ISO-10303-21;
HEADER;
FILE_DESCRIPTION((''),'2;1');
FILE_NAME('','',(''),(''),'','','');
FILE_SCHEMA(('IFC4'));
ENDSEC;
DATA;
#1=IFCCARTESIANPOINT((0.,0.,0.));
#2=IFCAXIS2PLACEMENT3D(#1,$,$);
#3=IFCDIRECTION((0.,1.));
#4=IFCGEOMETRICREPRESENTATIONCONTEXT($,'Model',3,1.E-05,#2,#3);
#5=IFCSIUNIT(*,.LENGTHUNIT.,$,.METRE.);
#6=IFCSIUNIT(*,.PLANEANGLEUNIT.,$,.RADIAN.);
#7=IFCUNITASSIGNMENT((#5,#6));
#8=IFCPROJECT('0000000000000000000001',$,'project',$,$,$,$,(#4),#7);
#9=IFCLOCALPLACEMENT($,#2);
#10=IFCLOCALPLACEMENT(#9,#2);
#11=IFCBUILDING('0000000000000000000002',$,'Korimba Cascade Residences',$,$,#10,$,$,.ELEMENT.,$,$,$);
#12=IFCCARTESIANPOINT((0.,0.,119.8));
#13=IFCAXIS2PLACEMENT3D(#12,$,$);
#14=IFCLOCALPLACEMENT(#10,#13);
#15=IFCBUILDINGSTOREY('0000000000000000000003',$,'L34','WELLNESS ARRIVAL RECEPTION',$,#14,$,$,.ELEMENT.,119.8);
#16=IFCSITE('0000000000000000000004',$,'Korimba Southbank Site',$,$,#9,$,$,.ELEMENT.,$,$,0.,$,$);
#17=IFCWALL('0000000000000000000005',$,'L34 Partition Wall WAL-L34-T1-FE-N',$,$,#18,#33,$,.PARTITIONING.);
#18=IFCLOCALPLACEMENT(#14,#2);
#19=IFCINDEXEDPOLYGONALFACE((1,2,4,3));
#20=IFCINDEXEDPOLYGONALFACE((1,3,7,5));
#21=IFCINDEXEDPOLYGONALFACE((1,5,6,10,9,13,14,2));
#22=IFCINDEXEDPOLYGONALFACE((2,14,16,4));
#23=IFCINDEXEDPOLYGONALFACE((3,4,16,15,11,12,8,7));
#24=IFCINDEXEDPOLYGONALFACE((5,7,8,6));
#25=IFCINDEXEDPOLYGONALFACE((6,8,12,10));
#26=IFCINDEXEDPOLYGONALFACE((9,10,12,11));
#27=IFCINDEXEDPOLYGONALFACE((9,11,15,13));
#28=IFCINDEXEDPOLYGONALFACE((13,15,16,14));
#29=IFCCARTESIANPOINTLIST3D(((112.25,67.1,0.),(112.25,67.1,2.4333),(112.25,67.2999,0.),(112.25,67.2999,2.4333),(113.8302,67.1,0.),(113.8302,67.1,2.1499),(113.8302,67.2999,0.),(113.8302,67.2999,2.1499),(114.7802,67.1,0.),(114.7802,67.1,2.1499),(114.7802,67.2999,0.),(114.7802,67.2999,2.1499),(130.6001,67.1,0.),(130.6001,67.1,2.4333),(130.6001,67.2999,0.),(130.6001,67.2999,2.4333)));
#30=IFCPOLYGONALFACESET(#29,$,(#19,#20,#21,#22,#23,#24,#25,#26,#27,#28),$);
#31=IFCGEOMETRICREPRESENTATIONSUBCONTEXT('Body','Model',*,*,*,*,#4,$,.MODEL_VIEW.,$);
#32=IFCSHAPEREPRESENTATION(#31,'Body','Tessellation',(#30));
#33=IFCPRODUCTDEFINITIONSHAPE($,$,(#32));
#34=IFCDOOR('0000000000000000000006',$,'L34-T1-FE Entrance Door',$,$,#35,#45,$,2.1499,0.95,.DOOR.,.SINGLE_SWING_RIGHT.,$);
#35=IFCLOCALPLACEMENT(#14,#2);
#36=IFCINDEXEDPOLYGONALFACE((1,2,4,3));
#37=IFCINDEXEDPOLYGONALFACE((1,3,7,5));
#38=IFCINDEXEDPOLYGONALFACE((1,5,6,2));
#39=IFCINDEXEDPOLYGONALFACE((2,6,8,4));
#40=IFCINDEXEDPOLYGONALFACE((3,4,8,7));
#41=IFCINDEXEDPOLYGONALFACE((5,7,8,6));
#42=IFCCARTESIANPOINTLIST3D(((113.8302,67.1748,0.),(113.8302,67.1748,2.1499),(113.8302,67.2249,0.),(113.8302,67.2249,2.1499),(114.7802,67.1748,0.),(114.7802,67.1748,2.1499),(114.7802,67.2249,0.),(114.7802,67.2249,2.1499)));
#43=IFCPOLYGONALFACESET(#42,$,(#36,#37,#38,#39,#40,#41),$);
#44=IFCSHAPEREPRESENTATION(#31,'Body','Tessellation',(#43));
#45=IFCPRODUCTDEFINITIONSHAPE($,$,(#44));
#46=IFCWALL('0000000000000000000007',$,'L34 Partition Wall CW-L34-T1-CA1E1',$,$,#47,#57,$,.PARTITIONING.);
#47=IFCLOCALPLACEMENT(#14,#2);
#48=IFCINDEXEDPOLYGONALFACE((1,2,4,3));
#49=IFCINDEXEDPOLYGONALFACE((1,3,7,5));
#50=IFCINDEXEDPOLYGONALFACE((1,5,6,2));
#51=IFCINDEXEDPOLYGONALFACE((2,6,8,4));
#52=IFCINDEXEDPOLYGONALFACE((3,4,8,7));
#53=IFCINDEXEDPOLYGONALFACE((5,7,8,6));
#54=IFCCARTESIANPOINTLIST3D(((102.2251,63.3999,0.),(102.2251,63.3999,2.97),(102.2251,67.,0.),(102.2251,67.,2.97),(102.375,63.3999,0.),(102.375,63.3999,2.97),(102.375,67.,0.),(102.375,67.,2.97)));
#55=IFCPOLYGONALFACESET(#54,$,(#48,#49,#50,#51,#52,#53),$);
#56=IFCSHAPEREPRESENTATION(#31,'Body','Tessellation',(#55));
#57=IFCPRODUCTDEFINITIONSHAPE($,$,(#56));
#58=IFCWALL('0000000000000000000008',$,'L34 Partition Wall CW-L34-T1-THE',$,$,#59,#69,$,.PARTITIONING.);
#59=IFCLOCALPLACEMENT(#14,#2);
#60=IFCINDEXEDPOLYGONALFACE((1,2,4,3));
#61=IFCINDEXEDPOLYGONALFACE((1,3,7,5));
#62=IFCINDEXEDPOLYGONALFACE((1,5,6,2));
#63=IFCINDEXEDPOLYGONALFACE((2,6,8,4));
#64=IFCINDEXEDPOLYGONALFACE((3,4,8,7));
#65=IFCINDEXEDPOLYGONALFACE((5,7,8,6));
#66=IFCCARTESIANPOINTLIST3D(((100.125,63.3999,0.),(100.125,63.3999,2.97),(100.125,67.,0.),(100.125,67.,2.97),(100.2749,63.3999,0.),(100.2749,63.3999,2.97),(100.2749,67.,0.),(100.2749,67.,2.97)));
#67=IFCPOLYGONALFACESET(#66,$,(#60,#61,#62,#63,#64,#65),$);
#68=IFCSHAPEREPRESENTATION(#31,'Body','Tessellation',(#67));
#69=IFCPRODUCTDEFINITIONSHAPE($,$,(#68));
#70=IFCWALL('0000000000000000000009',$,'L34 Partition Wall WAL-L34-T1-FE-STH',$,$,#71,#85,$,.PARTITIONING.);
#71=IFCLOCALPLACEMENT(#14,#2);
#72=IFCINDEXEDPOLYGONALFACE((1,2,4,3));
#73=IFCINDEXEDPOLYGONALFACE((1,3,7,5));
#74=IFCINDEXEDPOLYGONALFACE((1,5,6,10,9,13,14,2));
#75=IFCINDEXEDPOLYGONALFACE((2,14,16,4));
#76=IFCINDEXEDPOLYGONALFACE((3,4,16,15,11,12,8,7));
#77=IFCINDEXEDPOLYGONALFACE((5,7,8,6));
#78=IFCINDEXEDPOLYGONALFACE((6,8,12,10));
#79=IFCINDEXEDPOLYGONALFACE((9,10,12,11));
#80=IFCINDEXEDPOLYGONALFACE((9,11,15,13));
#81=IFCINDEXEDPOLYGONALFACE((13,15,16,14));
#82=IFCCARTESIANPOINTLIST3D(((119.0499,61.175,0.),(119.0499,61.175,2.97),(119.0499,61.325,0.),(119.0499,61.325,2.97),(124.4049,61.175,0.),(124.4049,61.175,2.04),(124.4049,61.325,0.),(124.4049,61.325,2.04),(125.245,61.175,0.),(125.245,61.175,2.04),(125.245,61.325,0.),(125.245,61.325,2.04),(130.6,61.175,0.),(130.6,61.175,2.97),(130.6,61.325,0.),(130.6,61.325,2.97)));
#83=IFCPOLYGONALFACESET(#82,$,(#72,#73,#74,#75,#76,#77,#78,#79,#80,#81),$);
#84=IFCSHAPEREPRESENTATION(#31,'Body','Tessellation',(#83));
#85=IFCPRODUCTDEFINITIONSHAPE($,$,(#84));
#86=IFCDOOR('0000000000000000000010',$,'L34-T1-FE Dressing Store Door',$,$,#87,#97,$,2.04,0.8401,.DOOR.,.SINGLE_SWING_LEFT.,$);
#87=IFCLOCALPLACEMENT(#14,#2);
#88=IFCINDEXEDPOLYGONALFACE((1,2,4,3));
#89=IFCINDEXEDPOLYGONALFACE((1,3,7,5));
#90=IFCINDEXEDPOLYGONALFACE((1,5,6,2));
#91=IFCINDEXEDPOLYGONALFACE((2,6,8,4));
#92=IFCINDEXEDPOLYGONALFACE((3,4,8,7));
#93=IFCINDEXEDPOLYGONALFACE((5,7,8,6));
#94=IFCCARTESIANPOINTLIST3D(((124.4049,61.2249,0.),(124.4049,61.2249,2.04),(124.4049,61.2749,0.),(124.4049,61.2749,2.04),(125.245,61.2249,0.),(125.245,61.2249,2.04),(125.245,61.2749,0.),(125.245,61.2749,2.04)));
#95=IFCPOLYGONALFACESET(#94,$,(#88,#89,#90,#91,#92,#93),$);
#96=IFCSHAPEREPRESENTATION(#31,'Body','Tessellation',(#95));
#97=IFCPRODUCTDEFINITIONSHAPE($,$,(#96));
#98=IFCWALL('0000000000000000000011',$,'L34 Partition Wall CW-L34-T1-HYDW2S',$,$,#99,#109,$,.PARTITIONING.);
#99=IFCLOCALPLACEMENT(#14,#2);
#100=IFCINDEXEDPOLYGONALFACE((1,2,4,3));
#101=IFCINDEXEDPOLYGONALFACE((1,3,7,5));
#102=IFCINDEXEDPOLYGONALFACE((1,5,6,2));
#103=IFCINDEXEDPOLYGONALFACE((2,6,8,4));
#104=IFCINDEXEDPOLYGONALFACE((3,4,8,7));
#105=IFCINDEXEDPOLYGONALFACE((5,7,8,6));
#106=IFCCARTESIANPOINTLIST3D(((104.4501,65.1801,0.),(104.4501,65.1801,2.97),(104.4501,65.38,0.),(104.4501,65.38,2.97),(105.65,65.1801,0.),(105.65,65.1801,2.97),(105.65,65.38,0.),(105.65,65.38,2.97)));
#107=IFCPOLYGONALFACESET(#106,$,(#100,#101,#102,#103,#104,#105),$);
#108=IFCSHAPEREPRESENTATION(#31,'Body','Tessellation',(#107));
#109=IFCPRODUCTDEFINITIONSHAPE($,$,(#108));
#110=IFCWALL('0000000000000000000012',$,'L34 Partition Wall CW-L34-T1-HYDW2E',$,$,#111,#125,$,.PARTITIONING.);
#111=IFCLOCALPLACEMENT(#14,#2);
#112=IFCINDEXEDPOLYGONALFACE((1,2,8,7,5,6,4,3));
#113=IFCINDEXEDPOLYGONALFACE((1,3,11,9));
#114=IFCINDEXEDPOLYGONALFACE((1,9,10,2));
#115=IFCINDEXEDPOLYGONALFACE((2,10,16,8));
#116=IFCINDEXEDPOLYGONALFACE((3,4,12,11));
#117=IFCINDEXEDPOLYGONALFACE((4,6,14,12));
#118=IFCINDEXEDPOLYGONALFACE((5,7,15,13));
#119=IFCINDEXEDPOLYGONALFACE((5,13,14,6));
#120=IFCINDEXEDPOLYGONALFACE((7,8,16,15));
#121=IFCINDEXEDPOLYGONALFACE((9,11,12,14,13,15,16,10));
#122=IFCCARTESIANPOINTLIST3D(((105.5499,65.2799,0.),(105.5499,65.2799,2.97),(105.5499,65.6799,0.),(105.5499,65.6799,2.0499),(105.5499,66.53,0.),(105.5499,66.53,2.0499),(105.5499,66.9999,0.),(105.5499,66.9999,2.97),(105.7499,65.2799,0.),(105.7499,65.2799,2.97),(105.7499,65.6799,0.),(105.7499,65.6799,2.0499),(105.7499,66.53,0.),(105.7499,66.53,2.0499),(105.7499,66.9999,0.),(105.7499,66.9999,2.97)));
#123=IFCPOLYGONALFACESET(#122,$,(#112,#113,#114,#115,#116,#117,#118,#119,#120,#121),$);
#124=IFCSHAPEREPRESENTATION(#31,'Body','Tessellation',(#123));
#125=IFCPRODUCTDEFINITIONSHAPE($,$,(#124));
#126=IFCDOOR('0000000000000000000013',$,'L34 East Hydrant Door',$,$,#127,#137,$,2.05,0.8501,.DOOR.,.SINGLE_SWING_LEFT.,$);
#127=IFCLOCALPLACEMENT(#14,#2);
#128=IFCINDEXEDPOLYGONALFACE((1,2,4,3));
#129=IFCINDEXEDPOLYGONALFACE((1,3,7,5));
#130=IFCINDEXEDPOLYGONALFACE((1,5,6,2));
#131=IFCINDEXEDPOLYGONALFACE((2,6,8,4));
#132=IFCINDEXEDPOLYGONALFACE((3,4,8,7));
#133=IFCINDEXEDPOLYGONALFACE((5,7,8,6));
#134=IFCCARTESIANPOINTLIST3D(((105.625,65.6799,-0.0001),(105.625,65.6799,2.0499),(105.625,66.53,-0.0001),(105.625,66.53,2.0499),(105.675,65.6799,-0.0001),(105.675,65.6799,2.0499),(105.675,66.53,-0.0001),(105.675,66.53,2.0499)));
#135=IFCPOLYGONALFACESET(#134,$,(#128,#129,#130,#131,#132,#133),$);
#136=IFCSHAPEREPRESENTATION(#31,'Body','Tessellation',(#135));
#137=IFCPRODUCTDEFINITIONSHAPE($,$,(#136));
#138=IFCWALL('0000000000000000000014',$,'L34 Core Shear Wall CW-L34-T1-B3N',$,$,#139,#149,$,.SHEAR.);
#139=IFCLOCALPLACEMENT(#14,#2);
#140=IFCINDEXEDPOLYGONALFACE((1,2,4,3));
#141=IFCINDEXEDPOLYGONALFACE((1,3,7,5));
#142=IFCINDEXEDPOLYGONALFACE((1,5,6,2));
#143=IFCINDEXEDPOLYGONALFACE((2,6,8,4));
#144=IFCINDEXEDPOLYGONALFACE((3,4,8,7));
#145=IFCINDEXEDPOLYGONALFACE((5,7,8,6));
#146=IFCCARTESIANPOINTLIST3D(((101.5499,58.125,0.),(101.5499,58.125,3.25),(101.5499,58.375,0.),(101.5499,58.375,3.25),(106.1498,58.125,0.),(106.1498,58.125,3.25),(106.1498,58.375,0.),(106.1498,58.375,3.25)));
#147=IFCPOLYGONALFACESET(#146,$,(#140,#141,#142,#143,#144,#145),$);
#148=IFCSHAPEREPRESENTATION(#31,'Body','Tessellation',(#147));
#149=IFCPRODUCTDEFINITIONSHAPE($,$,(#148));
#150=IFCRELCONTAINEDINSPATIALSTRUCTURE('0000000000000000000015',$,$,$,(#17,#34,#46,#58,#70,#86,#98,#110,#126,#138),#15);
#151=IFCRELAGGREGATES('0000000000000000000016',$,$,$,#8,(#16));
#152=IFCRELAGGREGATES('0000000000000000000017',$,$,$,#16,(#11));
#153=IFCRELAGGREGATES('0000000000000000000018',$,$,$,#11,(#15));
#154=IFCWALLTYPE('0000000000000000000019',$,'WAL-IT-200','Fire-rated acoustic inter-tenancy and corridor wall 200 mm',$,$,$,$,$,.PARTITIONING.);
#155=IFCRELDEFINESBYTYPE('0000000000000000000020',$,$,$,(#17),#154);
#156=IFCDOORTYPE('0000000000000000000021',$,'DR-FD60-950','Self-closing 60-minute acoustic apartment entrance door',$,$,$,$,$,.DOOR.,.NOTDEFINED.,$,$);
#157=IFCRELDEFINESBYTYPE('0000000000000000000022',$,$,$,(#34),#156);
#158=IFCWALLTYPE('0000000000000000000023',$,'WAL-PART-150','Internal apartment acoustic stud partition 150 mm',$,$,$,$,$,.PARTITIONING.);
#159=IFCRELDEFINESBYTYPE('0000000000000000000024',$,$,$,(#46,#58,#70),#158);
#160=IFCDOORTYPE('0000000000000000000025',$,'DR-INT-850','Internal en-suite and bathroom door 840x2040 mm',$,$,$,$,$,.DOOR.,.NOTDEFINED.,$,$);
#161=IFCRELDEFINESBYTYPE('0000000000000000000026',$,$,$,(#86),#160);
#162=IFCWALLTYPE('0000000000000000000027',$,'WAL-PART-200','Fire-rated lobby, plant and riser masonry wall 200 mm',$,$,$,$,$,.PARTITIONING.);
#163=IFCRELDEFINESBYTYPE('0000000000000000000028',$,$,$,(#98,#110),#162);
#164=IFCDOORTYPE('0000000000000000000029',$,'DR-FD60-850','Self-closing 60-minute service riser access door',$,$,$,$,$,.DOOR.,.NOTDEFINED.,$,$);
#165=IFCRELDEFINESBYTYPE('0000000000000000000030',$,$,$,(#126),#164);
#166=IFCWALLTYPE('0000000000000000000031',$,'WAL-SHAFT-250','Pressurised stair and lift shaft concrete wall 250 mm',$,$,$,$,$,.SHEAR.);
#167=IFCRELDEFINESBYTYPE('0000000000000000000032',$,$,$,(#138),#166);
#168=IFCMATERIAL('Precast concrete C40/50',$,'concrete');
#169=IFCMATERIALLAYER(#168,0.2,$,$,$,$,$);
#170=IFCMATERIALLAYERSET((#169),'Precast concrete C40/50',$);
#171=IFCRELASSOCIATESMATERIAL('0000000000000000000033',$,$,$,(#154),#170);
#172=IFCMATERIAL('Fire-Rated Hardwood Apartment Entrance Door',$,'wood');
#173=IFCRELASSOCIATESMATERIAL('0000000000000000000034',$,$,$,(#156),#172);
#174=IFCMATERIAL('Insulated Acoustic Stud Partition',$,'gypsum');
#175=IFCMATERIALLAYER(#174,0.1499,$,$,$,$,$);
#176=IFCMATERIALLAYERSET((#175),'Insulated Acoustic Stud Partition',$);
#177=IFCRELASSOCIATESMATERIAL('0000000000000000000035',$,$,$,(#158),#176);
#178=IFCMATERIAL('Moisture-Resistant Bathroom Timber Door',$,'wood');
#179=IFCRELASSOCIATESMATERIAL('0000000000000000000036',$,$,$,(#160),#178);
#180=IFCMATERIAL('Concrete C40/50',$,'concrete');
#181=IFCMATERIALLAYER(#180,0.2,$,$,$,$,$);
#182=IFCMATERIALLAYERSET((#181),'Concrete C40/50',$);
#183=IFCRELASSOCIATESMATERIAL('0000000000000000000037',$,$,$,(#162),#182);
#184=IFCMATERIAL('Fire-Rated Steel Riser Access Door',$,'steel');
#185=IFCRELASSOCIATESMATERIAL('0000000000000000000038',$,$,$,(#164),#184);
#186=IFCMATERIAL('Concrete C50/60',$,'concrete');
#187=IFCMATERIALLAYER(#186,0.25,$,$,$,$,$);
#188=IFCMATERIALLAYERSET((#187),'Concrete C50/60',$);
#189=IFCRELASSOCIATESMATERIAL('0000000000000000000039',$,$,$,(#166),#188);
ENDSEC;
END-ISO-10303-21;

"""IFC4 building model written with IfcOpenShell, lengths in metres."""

from ifc_helpers import new_model, si_unit, direction, frame, frame_2d, origin, place, context, subcontext, project, spatial, rectangle, extrude, material, layer, layer_set, type_object, element, fill, save


model = new_model("IFC4")

# Units and contexts
model_context = context("Model", 3, precision=1e-05, world=origin(), true_north=direction((0.0, 1.0)))
body_context = subcontext(model_context, "Body", "Model", "MODEL_VIEW")
ifc_project = project(units=[si_unit("LENGTHUNIT", "METRE"), si_unit("PLANEANGLEUNIT", "RADIAN")], contexts=[model_context])

# Site, building, storey
site_placement = place(None, origin())
site = spatial("IfcSite", under=ifc_project, at=site_placement, Name="Korimba Southbank Site", CompositionType="ELEMENT", RefElevation=0.0)
building_placement = place(site_placement, origin())
building = spatial("IfcBuilding", under=site, at=building_placement, Name="Korimba Cascade Residences", CompositionType="ELEMENT")
storey_placement = place(building_placement, frame((0.0, 0.0, 119.8)))
storey = spatial("IfcBuildingStorey", under=building, at=storey_placement, Name="L34", Description="WELLNESS ARRIVAL RECEPTION", CompositionType="ELEMENT", Elevation=119.8)

# Wall, opening, door
ifc_material_1 = material(Name="Precast concrete C40/50", Category="concrete")
ifc_layer_1 = layer(ifc_material_1, 0.2)
ifc_layer_set_1 = layer_set([ifc_layer_1], Name="Precast concrete C40/50")
wall_type_1 = type_object("IfcWallType", Name="WAL-IT-200", Description="Fire-rated acoustic inter-tenancy and corridor wall 200 mm", PredefinedType="PARTITIONING", material=ifc_layer_set_1)
wall_1_placement = place(storey_placement, frame((112.25, 67.2, 0.0), z_axis=(0.0, 0.0, 1.0), x_axis=(1.0, 0.0, 0.0)))
wall_1 = element("IfcWall", 1, at=wall_1_placement, inside=storey, type_object=wall_type_1, Name="L34 Partition Wall WAL-L34-T1-FE-N", PredefinedType="PARTITIONING", context=body_context, shape_type="SweptSolid", body=[
    extrude(rectangle(XDim=18.3501, YDim=0.2, at=frame_2d((9.175, 0.0))), origin(), (0.0, 0.0, 1.0), 2.4333),
])
opening_1_placement = place(wall_1_placement, frame((1.5801, 0.0, 0.0)))
opening_1 = element("IfcOpeningElement", 2, at=opening_1_placement, cuts=wall_1, PredefinedType="OPENING", context=body_context, shape_type="SweptSolid", body=[
    extrude(rectangle(XDim=0.95, YDim=2.1499, at=frame_2d((0.4751, 1.075))), frame((0.0, 0.1099, 0.0), z_axis=(0.0, -1.0, 0.0), x_axis=(1.0, 0.0, 0.0)), (0.0, 0.0, 1.0), 0.22),
])
ifc_material_2 = material(Name="Fire-Rated Hardwood Apartment Entrance Door", Category="wood")
door_type_1 = type_object("IfcDoorType", Name="DR-FD60-950", Description="Self-closing 60-minute acoustic apartment entrance door", OperationType="NOTDEFINED", PredefinedType="DOOR", material=ifc_material_2)
door_1_placement = place(opening_1_placement, origin())
door_1 = element("IfcDoor", 3, at=door_1_placement, inside=storey, type_object=door_type_1, Name="L34-T1-FE Entrance Door", OperationType="SINGLE_SWING_RIGHT", OverallHeight=2.1499, OverallWidth=0.95, PredefinedType="DOOR", context=body_context, shape_type="SweptSolid", body=[
    extrude(rectangle(XDim=0.95, YDim=2.1499, at=frame_2d((0.4751, 1.075))), frame((0.0, 0.0249, 0.0), z_axis=(0.0, -1.0, 0.0), x_axis=(1.0, 0.0, 0.0)), (0.0, 0.0, 1.0), 0.05),
])
fill(opening_1, door_1)

# Walls
ifc_material_3 = material(Name="Insulated Acoustic Stud Partition", Category="gypsum")
ifc_layer_2 = layer(ifc_material_3, 0.1499)
ifc_layer_set_2 = layer_set([ifc_layer_2], Name="Insulated Acoustic Stud Partition")
wall_type_2 = type_object("IfcWallType", Name="WAL-PART-150", Description="Internal apartment acoustic stud partition 150 mm", PredefinedType="PARTITIONING", material=ifc_layer_set_2)
for number, where, z_axis, x_axis, name in (
    (4, (102.3, 63.3999, 0.0), (0.0, 0.0, 1.0), (0.0, 1.0, 0.0), "L34 Partition Wall CW-L34-T1-CA1E1"),
    (5, (100.2, 63.3999, 0.0), (0.0, 0.0, 1.0), (0.0, 1.0, 0.0), "L34 Partition Wall CW-L34-T1-THE"),
):
    element("IfcWall", number, at=place(storey_placement, frame(where, z_axis=z_axis, x_axis=x_axis)), inside=storey, type_object=wall_type_2, Name=name, PredefinedType="PARTITIONING", context=body_context, shape_type="SweptSolid", body=[
        extrude(rectangle(XDim=3.6001, YDim=0.1499, at=frame_2d((1.8, 0.0))), origin(), (0.0, 0.0, 1.0), 2.97),
    ])

# Wall, opening, door
wall_2_placement = place(storey_placement, frame((119.05, 61.25, 0.0), z_axis=(0.0, 0.0, 1.0), x_axis=(1.0, 0.0, 0.0)))
wall_2 = element("IfcWall", 6, at=wall_2_placement, inside=storey, type_object=wall_type_2, Name="L34 Partition Wall WAL-L34-T1-FE-STH", PredefinedType="PARTITIONING", context=body_context, shape_type="SweptSolid", body=[
    extrude(rectangle(XDim=11.55, YDim=0.1499, at=frame_2d((5.7749, 0.0))), origin(), (0.0, 0.0, 1.0), 2.97),
])
opening_2_placement = place(wall_2_placement, frame((5.355, 0.0, 0.0)))
opening_2 = element("IfcOpeningElement", 7, at=opening_2_placement, cuts=wall_2, PredefinedType="OPENING", context=body_context, shape_type="SweptSolid", body=[
    extrude(rectangle(XDim=0.8401, YDim=2.04, at=frame_2d((0.4199, 1.02))), frame((0.0, 0.085, 0.0), z_axis=(0.0, -1.0, 0.0), x_axis=(1.0, 0.0, 0.0)), (0.0, 0.0, 1.0), 0.1699),
])
ifc_material_4 = material(Name="Moisture-Resistant Bathroom Timber Door", Category="wood")
door_type_2 = type_object("IfcDoorType", Name="DR-INT-850", Description="Internal en-suite and bathroom door 840x2040 mm", OperationType="NOTDEFINED", PredefinedType="DOOR", material=ifc_material_4)
door_2_placement = place(opening_2_placement, origin())
door_2 = element("IfcDoor", 8, at=door_2_placement, inside=storey, type_object=door_type_2, Name="L34-T1-FE Dressing Store Door", OperationType="SINGLE_SWING_LEFT", OverallHeight=2.04, OverallWidth=0.8401, PredefinedType="DOOR", context=body_context, shape_type="SweptSolid", body=[
    extrude(rectangle(XDim=0.8401, YDim=2.04, at=frame_2d((0.4199, 1.02))), frame((0.0, 0.0249, 0.0), z_axis=(0.0, -1.0, 0.0), x_axis=(1.0, 0.0, 0.0)), (0.0, 0.0, 1.0), 0.05),
])
fill(opening_2, door_2)

# Wall
ifc_material_5 = material(Name="Concrete C40/50", Category="concrete")
ifc_layer_3 = layer(ifc_material_5, 0.2)
ifc_layer_set_3 = layer_set([ifc_layer_3], Name="Concrete C40/50")
wall_type_3 = type_object("IfcWallType", Name="WAL-PART-200", Description="Fire-rated lobby, plant and riser masonry wall 200 mm", PredefinedType="PARTITIONING", material=ifc_layer_set_3)
wall_3_placement = place(storey_placement, frame((104.45, 65.28, 0.0), z_axis=(0.0, 0.0, 1.0), x_axis=(1.0, 0.0, 0.0)))
element("IfcWall", 9, at=wall_3_placement, inside=storey, type_object=wall_type_3, Name="L34 Partition Wall CW-L34-T1-HYDW2S", PredefinedType="PARTITIONING", context=body_context, shape_type="SweptSolid", body=[
    extrude(rectangle(XDim=1.2, YDim=0.2, at=frame_2d((0.6001, 0.0))), origin(), (0.0, 0.0, 1.0), 2.97),
])

# Wall, opening, door
wall_4_placement = place(storey_placement, frame((105.6499, 65.28, 0.0), z_axis=(0.0, 0.0, 1.0), x_axis=(0.0, 1.0, 0.0)))
wall_4 = element("IfcWall", 10, at=wall_4_placement, inside=storey, type_object=wall_type_3, Name="L34 Partition Wall CW-L34-T1-HYDW2E", PredefinedType="PARTITIONING", context=body_context, shape_type="SweptSolid", body=[
    extrude(rectangle(XDim=1.72, YDim=0.2, at=frame_2d((0.8599, 0.0))), origin(), (0.0, 0.0, 1.0), 2.97),
])
opening_3_placement = place(wall_4_placement, frame((0.3999, 0.0, 0.0)))
opening_3 = element("IfcOpeningElement", 11, at=opening_3_placement, cuts=wall_4, PredefinedType="OPENING", context=body_context, shape_type="SweptSolid", body=[
    extrude(rectangle(XDim=0.8501, YDim=2.05, at=frame_2d((0.425, 1.0249))), frame((0.0, 0.1099, 0.0), z_axis=(0.0, -1.0, 0.0), x_axis=(1.0, 0.0, 0.0)), (0.0, 0.0, 1.0), 0.22),
])
ifc_material_6 = material(Name="Fire-Rated Steel Riser Access Door", Category="steel")
door_type_3 = type_object("IfcDoorType", Name="DR-FD60-850", Description="Self-closing 60-minute service riser access door", OperationType="NOTDEFINED", PredefinedType="DOOR", material=ifc_material_6)
door_3_placement = place(opening_3_placement, origin())
door_3 = element("IfcDoor", 12, at=door_3_placement, inside=storey, type_object=door_type_3, Name="L34 East Hydrant Door", OperationType="SINGLE_SWING_LEFT", OverallHeight=2.05, OverallWidth=0.8501, PredefinedType="DOOR", context=body_context, shape_type="SweptSolid", body=[
    extrude(rectangle(XDim=0.8501, YDim=2.05, at=frame_2d((0.425, 1.0249))), frame((0.0, 0.0249, 0.0), z_axis=(0.0, -1.0, 0.0), x_axis=(1.0, 0.0, 0.0)), (0.0, 0.0, 1.0), 0.05),
])
fill(opening_3, door_3)

# Wall
ifc_material_7 = material(Name="Concrete C50/60", Category="concrete")
ifc_layer_4 = layer(ifc_material_7, 0.25)
ifc_layer_set_4 = layer_set([ifc_layer_4], Name="Concrete C50/60")
wall_type_4 = type_object("IfcWallType", Name="WAL-SHAFT-250", Description="Pressurised stair and lift shaft concrete wall 250 mm", PredefinedType="SHEAR", material=ifc_layer_set_4)
wall_5_placement = place(storey_placement, frame((101.55, 58.25, 0.0), z_axis=(0.0, 0.0, 1.0), x_axis=(1.0, 0.0, 0.0)))
element("IfcWall", 13, at=wall_5_placement, inside=storey, type_object=wall_type_4, Name="L34 Core Shear Wall CW-L34-T1-B3N", PredefinedType="SHEAR", context=body_context, shape_type="SweptSolid", body=[
    extrude(rectangle(XDim=4.5999, YDim=0.25, at=frame_2d((2.2998, 0.0))), origin(), (0.0, 0.0, 1.0), 3.25),
])

save(model, "model.ifc")
